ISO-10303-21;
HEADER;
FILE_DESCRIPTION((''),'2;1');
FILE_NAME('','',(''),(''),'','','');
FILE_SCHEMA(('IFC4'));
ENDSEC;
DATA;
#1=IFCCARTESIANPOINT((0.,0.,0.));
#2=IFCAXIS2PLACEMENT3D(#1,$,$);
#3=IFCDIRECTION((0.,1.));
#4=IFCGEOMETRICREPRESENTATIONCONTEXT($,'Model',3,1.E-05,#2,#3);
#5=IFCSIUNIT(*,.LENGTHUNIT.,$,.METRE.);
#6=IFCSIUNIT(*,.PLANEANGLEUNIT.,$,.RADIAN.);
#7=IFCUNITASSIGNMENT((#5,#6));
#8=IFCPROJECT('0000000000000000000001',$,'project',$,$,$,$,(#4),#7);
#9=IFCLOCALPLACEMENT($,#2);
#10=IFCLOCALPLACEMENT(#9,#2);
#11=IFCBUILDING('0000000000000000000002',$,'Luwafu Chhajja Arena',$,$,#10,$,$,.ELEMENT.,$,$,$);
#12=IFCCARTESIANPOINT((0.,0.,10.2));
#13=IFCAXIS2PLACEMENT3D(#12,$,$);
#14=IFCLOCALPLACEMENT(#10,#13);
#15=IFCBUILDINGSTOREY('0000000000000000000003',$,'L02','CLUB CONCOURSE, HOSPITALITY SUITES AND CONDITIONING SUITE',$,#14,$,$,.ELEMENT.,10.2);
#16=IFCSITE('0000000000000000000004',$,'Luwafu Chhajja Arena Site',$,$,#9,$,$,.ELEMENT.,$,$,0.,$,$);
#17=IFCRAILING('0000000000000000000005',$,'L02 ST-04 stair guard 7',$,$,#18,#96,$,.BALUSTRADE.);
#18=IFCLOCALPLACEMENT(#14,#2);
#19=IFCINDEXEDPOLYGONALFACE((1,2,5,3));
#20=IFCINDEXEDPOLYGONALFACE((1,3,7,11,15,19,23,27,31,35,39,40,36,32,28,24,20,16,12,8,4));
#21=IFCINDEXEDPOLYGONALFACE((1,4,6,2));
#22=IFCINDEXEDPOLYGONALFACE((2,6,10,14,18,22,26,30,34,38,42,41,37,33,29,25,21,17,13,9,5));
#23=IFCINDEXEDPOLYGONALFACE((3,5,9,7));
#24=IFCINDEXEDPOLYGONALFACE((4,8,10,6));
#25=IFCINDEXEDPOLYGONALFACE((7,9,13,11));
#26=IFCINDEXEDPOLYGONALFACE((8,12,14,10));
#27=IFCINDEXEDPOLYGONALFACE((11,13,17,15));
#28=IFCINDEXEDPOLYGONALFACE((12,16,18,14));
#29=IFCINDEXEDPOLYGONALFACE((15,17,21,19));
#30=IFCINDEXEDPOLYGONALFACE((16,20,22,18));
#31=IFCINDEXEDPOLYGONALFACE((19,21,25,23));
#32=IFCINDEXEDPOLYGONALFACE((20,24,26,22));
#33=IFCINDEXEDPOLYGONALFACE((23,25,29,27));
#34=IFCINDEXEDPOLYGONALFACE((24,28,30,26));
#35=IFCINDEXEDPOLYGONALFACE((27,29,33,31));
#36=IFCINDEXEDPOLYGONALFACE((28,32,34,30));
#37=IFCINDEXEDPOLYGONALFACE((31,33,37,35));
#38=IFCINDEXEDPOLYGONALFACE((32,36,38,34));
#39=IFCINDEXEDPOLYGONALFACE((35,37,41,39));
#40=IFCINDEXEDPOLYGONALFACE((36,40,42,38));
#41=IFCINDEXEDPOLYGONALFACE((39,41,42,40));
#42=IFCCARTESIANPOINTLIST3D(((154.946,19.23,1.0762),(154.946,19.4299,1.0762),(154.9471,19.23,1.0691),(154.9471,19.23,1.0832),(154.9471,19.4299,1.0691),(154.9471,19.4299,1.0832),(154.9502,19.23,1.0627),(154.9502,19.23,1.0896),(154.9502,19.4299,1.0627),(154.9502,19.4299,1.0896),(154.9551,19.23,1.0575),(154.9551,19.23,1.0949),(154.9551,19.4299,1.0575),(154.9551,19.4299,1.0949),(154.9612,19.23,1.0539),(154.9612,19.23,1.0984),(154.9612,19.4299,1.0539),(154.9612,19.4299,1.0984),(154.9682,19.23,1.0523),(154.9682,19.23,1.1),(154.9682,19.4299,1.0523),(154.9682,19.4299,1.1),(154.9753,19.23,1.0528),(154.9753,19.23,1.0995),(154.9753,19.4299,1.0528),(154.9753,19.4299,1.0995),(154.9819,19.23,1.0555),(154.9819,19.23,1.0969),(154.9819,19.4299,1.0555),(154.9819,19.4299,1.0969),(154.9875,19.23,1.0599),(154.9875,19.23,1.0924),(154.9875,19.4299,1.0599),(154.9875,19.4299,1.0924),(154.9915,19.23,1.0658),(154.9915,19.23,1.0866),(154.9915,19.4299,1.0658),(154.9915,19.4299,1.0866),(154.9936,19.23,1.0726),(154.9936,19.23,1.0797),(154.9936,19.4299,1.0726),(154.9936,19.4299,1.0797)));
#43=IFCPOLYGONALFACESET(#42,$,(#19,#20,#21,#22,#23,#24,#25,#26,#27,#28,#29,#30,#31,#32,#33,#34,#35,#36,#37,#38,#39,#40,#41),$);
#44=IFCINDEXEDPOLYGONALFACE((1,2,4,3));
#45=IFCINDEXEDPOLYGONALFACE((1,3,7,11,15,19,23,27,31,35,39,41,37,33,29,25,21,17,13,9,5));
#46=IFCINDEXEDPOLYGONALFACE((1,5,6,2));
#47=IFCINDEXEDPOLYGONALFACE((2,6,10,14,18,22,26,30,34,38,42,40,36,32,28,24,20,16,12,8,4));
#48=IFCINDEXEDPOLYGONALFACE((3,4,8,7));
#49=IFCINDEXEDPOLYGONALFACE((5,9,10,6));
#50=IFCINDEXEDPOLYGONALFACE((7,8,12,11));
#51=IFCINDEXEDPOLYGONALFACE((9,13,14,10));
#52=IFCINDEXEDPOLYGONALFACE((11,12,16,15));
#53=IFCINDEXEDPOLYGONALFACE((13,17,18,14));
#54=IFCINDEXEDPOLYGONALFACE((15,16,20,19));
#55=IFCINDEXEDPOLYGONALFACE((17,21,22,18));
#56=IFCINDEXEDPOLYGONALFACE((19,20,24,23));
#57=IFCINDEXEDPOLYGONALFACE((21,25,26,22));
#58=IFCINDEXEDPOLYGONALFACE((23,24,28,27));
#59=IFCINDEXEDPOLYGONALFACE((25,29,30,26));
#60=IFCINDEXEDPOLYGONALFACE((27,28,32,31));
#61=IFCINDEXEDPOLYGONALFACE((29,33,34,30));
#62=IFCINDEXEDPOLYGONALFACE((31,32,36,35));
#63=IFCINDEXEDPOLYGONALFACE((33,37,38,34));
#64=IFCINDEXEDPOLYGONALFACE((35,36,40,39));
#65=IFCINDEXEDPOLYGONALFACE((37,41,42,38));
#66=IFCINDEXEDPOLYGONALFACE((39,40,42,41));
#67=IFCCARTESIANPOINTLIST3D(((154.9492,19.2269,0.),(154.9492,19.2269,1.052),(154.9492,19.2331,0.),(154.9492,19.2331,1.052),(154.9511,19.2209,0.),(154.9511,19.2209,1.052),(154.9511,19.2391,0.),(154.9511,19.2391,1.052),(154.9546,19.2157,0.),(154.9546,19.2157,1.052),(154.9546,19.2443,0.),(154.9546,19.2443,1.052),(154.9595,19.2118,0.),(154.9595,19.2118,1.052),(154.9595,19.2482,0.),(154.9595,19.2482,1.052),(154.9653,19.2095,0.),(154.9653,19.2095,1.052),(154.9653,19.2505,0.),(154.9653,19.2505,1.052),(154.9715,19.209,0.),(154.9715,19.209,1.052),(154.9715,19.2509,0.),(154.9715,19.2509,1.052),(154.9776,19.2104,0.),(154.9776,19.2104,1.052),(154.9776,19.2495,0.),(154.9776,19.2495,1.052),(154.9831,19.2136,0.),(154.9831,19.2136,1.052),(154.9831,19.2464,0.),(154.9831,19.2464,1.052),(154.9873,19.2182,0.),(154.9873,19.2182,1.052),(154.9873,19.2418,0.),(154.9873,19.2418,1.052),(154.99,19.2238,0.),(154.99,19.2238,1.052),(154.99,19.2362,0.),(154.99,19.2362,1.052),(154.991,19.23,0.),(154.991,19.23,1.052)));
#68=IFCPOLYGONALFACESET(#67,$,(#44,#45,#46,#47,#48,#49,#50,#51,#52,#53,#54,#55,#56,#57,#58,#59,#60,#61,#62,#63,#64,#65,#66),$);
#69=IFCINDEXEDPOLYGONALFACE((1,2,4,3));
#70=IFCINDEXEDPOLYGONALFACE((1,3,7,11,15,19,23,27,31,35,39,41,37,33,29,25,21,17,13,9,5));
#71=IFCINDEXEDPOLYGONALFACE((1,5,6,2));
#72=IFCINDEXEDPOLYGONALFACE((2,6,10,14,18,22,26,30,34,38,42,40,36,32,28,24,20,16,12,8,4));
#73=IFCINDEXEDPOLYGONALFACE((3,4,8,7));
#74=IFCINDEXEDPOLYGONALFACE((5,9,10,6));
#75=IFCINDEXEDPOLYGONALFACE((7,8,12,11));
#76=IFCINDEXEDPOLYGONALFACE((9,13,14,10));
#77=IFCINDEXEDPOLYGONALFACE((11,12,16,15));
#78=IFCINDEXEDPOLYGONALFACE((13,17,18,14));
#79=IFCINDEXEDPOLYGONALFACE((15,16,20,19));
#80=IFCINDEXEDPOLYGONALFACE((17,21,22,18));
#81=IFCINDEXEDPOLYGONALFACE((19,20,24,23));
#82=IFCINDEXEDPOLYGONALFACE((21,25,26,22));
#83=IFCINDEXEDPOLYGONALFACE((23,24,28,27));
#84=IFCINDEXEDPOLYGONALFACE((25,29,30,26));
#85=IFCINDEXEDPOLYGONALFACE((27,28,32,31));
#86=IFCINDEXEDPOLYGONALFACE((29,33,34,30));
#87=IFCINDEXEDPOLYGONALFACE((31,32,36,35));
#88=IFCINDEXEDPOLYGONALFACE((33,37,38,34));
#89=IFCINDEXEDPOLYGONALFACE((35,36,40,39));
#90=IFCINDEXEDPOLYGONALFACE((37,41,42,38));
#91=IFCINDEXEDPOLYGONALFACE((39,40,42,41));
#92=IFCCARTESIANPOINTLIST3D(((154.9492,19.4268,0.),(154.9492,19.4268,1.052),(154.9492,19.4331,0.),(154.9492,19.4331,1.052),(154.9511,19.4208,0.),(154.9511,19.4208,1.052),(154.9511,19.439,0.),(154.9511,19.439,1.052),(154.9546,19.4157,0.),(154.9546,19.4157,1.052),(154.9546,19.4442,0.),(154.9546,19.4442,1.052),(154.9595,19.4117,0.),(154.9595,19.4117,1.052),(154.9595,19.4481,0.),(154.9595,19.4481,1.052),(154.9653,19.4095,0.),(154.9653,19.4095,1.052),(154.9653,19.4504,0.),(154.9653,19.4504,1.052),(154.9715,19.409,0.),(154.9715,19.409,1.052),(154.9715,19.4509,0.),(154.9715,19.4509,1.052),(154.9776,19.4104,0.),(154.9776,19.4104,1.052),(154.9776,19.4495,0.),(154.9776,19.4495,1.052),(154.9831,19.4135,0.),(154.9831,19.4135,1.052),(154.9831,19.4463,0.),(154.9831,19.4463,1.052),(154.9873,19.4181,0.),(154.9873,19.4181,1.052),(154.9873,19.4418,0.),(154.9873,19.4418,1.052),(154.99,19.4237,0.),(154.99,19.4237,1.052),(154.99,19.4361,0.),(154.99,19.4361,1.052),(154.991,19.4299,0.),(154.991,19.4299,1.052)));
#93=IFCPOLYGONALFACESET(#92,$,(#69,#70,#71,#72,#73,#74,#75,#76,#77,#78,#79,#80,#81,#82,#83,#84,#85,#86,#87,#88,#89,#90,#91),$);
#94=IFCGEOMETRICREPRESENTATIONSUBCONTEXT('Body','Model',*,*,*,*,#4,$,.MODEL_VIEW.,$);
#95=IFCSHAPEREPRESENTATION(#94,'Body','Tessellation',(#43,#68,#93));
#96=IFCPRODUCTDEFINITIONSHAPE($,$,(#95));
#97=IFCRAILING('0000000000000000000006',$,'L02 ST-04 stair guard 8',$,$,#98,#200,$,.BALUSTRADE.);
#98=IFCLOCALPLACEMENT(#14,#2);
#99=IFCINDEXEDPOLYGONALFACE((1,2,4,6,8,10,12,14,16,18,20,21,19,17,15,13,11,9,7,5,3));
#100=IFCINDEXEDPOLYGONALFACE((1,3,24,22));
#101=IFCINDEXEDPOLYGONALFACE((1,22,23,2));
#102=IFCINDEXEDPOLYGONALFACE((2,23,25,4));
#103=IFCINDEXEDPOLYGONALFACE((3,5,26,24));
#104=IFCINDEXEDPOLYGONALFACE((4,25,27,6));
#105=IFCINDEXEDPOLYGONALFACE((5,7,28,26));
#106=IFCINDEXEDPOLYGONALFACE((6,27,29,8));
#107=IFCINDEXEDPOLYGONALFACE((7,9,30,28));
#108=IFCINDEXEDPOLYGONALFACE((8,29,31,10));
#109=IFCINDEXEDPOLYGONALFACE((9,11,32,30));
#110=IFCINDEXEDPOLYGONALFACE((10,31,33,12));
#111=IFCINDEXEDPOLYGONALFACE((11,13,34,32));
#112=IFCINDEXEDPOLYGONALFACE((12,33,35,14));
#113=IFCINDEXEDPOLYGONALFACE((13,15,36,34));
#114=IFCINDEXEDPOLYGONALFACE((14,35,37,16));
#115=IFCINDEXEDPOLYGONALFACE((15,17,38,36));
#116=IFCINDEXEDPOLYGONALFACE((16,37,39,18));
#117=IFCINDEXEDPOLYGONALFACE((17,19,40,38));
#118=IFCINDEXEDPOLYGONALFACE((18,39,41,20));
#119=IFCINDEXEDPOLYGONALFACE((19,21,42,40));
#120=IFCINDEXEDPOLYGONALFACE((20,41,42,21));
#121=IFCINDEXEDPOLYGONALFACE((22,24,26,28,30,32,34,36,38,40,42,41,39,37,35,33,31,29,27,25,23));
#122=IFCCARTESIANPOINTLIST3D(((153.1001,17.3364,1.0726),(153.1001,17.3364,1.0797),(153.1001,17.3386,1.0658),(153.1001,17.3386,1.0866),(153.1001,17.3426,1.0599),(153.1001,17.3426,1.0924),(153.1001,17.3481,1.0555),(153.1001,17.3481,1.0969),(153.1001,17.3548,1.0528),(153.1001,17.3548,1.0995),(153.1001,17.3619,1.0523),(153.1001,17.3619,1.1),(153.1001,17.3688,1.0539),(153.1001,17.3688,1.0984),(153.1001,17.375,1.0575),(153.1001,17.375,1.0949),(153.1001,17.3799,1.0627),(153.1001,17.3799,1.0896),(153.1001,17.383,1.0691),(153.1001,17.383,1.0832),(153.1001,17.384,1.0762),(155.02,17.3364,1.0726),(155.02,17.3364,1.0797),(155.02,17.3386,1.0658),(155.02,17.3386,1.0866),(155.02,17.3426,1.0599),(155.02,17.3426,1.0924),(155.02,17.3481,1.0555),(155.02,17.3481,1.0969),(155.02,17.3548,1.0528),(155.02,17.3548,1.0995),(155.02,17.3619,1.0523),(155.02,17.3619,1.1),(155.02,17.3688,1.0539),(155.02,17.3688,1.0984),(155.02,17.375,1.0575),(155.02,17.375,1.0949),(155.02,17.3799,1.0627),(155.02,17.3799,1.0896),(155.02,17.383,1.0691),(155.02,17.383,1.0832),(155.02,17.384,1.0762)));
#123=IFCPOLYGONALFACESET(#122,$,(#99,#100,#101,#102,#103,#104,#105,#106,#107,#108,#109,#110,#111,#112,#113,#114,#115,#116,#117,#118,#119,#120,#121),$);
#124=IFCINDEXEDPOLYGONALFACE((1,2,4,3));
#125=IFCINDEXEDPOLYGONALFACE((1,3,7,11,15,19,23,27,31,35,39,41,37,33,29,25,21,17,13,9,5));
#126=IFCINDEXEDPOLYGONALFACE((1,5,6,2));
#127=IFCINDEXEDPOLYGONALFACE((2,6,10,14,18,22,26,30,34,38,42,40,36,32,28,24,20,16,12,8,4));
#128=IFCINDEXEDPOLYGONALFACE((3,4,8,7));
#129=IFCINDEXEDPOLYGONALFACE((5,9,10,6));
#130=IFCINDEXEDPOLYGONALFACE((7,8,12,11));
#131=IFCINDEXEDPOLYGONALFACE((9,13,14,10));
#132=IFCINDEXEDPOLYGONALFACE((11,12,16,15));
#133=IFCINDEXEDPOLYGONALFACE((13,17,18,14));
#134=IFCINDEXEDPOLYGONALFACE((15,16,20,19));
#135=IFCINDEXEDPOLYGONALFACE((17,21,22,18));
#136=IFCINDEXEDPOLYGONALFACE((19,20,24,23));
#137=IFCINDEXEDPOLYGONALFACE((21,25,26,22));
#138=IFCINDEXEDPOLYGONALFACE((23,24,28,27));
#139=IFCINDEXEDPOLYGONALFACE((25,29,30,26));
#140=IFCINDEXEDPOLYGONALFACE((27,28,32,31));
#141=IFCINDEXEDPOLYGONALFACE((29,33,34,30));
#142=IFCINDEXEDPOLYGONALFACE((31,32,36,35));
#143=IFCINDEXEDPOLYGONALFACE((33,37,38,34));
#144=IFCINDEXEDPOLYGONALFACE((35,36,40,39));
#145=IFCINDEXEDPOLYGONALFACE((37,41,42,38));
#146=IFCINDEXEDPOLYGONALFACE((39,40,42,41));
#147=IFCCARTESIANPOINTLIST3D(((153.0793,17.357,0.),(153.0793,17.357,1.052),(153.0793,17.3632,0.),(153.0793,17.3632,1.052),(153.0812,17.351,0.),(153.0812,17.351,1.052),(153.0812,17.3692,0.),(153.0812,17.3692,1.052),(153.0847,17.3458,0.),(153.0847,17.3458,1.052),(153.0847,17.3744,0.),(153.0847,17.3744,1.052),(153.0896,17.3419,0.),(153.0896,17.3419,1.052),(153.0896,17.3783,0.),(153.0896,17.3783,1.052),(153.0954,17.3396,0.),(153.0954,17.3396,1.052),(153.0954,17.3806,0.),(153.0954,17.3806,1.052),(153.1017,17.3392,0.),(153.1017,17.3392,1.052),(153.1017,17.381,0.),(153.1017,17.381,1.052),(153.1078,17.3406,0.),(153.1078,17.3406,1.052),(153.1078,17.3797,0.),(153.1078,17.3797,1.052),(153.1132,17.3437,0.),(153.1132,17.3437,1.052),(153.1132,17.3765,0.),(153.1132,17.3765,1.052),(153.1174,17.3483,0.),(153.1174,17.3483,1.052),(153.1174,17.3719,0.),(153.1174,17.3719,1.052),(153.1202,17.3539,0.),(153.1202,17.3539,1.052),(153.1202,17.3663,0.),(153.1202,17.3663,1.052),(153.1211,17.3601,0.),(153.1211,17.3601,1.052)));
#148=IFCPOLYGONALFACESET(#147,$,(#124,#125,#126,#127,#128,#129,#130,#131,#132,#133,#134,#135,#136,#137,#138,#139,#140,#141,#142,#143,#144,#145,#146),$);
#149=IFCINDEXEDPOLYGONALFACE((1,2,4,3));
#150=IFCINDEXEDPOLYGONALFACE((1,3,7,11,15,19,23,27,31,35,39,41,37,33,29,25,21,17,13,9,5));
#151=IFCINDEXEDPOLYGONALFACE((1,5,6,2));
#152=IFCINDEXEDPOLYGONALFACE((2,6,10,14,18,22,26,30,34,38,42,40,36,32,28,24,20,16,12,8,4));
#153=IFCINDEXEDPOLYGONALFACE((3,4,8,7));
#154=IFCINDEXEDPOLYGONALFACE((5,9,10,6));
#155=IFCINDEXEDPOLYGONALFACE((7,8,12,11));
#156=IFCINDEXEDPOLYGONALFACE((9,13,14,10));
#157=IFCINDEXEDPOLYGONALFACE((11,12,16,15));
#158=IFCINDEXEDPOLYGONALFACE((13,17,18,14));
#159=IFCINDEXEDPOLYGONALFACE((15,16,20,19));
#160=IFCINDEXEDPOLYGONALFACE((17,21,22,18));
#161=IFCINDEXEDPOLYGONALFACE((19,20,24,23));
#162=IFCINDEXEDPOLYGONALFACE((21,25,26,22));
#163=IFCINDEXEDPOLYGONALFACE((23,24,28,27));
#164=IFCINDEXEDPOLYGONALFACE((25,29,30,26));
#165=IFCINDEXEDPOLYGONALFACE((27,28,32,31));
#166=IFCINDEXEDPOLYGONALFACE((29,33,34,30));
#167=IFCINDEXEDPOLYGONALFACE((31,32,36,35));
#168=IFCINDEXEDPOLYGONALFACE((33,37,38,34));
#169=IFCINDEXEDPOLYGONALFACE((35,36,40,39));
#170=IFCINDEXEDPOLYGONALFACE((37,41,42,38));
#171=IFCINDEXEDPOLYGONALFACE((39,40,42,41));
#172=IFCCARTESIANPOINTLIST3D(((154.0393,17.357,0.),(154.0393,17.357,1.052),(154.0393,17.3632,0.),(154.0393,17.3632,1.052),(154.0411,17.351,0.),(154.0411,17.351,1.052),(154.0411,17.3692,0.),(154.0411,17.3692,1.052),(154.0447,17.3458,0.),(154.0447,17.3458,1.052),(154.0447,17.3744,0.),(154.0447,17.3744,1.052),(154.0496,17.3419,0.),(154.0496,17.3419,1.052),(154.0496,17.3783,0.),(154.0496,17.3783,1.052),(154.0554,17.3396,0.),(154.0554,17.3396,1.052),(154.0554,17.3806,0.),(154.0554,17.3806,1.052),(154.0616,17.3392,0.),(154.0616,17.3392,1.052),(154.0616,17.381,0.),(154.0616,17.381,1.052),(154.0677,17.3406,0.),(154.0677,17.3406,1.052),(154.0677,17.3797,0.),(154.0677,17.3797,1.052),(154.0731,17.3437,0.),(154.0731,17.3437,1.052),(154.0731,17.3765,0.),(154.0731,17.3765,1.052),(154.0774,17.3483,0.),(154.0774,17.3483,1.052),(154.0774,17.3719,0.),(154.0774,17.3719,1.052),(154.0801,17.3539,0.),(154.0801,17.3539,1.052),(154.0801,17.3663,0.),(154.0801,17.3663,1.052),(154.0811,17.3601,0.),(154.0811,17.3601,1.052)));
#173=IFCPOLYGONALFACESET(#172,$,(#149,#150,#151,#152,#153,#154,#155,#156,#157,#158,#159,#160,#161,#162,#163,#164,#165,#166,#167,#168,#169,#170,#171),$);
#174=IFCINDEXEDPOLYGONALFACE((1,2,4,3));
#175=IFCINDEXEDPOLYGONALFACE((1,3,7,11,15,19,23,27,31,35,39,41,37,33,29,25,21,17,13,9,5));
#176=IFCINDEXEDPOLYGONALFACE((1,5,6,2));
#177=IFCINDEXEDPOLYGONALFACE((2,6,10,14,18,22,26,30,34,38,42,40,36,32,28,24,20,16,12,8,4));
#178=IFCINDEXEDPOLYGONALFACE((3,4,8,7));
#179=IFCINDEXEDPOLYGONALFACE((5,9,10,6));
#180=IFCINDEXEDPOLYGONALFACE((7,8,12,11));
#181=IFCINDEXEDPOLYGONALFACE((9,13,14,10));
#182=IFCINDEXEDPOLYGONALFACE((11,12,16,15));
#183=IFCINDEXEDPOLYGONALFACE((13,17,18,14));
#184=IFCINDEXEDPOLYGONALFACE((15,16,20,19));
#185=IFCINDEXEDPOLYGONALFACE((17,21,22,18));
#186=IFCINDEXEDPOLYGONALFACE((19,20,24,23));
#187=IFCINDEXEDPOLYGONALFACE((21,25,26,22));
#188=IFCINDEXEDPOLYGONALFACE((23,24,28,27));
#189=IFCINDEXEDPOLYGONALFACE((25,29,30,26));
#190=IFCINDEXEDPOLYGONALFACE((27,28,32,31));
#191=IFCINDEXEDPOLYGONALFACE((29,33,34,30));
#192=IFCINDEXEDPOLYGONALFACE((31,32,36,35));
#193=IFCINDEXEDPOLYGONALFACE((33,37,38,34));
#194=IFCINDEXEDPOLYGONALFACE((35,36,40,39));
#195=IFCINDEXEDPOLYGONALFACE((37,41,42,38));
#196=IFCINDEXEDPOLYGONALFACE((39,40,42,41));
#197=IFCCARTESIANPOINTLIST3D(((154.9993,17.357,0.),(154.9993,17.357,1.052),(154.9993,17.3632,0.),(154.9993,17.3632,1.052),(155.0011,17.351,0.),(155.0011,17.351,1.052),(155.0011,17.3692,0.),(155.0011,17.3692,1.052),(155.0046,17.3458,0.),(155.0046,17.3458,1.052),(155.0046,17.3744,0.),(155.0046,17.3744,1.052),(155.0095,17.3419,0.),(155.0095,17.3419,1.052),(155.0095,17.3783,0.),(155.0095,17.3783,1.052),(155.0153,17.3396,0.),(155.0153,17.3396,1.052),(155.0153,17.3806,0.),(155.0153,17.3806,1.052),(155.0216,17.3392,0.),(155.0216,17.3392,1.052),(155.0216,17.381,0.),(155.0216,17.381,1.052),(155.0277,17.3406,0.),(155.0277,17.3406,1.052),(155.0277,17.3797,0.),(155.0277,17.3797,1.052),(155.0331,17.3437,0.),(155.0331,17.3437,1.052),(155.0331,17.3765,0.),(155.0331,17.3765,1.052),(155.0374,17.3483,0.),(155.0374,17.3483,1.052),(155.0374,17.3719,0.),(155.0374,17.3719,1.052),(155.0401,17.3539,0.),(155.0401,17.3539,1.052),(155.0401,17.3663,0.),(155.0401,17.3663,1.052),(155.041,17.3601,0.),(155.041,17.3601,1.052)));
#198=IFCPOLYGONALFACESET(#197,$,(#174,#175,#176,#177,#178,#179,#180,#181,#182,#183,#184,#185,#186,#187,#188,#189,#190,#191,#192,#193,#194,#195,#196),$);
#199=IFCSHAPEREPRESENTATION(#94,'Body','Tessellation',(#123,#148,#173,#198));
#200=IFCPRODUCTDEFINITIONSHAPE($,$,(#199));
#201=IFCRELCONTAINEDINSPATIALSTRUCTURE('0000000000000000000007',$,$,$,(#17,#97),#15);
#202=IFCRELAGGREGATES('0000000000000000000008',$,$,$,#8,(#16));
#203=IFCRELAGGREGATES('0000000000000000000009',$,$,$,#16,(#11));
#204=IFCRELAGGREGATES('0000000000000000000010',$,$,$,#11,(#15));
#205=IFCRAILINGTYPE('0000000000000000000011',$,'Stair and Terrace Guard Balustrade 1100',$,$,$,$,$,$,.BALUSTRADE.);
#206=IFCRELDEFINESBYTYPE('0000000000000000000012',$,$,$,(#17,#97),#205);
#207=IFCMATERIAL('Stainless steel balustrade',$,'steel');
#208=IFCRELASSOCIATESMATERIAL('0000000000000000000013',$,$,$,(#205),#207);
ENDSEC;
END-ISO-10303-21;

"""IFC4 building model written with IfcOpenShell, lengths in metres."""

from ifc_helpers import new_model, si_unit, direction, frame, origin, origin_2d, place, context, subcontext, project, spatial, circle, extrude, material, type_object, element, save


model = new_model("IFC4")

# Units and contexts
model_context = context("Model", 3, precision=1e-05, world=origin(), true_north=direction((0.0, 1.0)))
body_context = subcontext(model_context, "Body", "Model", "MODEL_VIEW")
ifc_project = project(units=[si_unit("LENGTHUNIT", "METRE"), si_unit("PLANEANGLEUNIT", "RADIAN")], contexts=[model_context])

# Site, building, storey
site_placement = place(None, origin())
site = spatial("IfcSite", under=ifc_project, at=site_placement, Name="Luwafu Chhajja Arena Site", CompositionType="ELEMENT", RefElevation=0.0)
building_placement = place(site_placement, origin())
building = spatial("IfcBuilding", under=site, at=building_placement, Name="Luwafu Chhajja Arena", CompositionType="ELEMENT")
storey_placement = place(building_placement, frame((0.0, 0.0, 10.2)))
storey = spatial("IfcBuildingStorey", under=building, at=storey_placement, Name="L02", Description="CLUB CONCOURSE, HOSPITALITY SUITES AND CONDITIONING SUITE", CompositionType="ELEMENT", Elevation=10.2)

# Railings
ifc_material_1 = material(Name="Stainless steel balustrade", Category="steel")
railing_type_1 = type_object("IfcRailingType", Name="Stair and Terrace Guard Balustrade 1100", PredefinedType="BALUSTRADE", material=ifc_material_1)
railing_1_placement = place(storey_placement, frame((154.97, 19.23, 0.0)))
element("IfcRailing", 1, at=railing_1_placement, inside=storey, type_object=railing_type_1, Name="L02 ST-04 stair guard 7", PredefinedType="BALUSTRADE", context=body_context, shape_type="SweptSolid", body=[
    extrude(circle(Radius=0.0239, at=origin_2d()), frame((0.0, 0.0, 1.0762), z_axis=(0.0, 1.0, 0.0), x_axis=(-1.0, 0.0, 0.0)), (0.0, 0.0, 1.0), 0.2),
    extrude(circle(Radius=0.021, at=origin_2d()), origin(), (0.0, 0.0, 1.0), 1.052),
    extrude(circle(Radius=0.021, at=origin_2d()), frame((0.0, 0.2, 0.0)), (0.0, 0.0, 1.0), 1.052),
])
for number, where, name in (
    (2, (153.1001, 17.3601, 0.0), "L02 ST-04 stair guard 8"),
):
    element("IfcRailing", number, at=place(storey_placement, frame(where)), inside=storey, type_object=railing_type_1, Name=name, PredefinedType="BALUSTRADE", context=body_context, shape_type="SweptSolid", body=[
        extrude(circle(Radius=0.0239, at=origin_2d()), frame((0.0, 0.0, 1.0762), z_axis=(1.0, 0.0, 0.0), x_axis=(0.0, 1.0, 0.0)), (0.0, 0.0, 1.0), 1.9199),
        extrude(circle(Radius=0.021, at=origin_2d()), origin(), (0.0, 0.0, 1.0), 1.052),
        extrude(circle(Radius=0.021, at=origin_2d()), frame((0.96, 0.0, 0.0)), (0.0, 0.0, 1.0), 1.052),
        extrude(circle(Radius=0.021, at=origin_2d()), frame((1.9199, 0.0, 0.0)), (0.0, 0.0, 1.0), 1.052),
    ])

save(model, "model.ifc")
